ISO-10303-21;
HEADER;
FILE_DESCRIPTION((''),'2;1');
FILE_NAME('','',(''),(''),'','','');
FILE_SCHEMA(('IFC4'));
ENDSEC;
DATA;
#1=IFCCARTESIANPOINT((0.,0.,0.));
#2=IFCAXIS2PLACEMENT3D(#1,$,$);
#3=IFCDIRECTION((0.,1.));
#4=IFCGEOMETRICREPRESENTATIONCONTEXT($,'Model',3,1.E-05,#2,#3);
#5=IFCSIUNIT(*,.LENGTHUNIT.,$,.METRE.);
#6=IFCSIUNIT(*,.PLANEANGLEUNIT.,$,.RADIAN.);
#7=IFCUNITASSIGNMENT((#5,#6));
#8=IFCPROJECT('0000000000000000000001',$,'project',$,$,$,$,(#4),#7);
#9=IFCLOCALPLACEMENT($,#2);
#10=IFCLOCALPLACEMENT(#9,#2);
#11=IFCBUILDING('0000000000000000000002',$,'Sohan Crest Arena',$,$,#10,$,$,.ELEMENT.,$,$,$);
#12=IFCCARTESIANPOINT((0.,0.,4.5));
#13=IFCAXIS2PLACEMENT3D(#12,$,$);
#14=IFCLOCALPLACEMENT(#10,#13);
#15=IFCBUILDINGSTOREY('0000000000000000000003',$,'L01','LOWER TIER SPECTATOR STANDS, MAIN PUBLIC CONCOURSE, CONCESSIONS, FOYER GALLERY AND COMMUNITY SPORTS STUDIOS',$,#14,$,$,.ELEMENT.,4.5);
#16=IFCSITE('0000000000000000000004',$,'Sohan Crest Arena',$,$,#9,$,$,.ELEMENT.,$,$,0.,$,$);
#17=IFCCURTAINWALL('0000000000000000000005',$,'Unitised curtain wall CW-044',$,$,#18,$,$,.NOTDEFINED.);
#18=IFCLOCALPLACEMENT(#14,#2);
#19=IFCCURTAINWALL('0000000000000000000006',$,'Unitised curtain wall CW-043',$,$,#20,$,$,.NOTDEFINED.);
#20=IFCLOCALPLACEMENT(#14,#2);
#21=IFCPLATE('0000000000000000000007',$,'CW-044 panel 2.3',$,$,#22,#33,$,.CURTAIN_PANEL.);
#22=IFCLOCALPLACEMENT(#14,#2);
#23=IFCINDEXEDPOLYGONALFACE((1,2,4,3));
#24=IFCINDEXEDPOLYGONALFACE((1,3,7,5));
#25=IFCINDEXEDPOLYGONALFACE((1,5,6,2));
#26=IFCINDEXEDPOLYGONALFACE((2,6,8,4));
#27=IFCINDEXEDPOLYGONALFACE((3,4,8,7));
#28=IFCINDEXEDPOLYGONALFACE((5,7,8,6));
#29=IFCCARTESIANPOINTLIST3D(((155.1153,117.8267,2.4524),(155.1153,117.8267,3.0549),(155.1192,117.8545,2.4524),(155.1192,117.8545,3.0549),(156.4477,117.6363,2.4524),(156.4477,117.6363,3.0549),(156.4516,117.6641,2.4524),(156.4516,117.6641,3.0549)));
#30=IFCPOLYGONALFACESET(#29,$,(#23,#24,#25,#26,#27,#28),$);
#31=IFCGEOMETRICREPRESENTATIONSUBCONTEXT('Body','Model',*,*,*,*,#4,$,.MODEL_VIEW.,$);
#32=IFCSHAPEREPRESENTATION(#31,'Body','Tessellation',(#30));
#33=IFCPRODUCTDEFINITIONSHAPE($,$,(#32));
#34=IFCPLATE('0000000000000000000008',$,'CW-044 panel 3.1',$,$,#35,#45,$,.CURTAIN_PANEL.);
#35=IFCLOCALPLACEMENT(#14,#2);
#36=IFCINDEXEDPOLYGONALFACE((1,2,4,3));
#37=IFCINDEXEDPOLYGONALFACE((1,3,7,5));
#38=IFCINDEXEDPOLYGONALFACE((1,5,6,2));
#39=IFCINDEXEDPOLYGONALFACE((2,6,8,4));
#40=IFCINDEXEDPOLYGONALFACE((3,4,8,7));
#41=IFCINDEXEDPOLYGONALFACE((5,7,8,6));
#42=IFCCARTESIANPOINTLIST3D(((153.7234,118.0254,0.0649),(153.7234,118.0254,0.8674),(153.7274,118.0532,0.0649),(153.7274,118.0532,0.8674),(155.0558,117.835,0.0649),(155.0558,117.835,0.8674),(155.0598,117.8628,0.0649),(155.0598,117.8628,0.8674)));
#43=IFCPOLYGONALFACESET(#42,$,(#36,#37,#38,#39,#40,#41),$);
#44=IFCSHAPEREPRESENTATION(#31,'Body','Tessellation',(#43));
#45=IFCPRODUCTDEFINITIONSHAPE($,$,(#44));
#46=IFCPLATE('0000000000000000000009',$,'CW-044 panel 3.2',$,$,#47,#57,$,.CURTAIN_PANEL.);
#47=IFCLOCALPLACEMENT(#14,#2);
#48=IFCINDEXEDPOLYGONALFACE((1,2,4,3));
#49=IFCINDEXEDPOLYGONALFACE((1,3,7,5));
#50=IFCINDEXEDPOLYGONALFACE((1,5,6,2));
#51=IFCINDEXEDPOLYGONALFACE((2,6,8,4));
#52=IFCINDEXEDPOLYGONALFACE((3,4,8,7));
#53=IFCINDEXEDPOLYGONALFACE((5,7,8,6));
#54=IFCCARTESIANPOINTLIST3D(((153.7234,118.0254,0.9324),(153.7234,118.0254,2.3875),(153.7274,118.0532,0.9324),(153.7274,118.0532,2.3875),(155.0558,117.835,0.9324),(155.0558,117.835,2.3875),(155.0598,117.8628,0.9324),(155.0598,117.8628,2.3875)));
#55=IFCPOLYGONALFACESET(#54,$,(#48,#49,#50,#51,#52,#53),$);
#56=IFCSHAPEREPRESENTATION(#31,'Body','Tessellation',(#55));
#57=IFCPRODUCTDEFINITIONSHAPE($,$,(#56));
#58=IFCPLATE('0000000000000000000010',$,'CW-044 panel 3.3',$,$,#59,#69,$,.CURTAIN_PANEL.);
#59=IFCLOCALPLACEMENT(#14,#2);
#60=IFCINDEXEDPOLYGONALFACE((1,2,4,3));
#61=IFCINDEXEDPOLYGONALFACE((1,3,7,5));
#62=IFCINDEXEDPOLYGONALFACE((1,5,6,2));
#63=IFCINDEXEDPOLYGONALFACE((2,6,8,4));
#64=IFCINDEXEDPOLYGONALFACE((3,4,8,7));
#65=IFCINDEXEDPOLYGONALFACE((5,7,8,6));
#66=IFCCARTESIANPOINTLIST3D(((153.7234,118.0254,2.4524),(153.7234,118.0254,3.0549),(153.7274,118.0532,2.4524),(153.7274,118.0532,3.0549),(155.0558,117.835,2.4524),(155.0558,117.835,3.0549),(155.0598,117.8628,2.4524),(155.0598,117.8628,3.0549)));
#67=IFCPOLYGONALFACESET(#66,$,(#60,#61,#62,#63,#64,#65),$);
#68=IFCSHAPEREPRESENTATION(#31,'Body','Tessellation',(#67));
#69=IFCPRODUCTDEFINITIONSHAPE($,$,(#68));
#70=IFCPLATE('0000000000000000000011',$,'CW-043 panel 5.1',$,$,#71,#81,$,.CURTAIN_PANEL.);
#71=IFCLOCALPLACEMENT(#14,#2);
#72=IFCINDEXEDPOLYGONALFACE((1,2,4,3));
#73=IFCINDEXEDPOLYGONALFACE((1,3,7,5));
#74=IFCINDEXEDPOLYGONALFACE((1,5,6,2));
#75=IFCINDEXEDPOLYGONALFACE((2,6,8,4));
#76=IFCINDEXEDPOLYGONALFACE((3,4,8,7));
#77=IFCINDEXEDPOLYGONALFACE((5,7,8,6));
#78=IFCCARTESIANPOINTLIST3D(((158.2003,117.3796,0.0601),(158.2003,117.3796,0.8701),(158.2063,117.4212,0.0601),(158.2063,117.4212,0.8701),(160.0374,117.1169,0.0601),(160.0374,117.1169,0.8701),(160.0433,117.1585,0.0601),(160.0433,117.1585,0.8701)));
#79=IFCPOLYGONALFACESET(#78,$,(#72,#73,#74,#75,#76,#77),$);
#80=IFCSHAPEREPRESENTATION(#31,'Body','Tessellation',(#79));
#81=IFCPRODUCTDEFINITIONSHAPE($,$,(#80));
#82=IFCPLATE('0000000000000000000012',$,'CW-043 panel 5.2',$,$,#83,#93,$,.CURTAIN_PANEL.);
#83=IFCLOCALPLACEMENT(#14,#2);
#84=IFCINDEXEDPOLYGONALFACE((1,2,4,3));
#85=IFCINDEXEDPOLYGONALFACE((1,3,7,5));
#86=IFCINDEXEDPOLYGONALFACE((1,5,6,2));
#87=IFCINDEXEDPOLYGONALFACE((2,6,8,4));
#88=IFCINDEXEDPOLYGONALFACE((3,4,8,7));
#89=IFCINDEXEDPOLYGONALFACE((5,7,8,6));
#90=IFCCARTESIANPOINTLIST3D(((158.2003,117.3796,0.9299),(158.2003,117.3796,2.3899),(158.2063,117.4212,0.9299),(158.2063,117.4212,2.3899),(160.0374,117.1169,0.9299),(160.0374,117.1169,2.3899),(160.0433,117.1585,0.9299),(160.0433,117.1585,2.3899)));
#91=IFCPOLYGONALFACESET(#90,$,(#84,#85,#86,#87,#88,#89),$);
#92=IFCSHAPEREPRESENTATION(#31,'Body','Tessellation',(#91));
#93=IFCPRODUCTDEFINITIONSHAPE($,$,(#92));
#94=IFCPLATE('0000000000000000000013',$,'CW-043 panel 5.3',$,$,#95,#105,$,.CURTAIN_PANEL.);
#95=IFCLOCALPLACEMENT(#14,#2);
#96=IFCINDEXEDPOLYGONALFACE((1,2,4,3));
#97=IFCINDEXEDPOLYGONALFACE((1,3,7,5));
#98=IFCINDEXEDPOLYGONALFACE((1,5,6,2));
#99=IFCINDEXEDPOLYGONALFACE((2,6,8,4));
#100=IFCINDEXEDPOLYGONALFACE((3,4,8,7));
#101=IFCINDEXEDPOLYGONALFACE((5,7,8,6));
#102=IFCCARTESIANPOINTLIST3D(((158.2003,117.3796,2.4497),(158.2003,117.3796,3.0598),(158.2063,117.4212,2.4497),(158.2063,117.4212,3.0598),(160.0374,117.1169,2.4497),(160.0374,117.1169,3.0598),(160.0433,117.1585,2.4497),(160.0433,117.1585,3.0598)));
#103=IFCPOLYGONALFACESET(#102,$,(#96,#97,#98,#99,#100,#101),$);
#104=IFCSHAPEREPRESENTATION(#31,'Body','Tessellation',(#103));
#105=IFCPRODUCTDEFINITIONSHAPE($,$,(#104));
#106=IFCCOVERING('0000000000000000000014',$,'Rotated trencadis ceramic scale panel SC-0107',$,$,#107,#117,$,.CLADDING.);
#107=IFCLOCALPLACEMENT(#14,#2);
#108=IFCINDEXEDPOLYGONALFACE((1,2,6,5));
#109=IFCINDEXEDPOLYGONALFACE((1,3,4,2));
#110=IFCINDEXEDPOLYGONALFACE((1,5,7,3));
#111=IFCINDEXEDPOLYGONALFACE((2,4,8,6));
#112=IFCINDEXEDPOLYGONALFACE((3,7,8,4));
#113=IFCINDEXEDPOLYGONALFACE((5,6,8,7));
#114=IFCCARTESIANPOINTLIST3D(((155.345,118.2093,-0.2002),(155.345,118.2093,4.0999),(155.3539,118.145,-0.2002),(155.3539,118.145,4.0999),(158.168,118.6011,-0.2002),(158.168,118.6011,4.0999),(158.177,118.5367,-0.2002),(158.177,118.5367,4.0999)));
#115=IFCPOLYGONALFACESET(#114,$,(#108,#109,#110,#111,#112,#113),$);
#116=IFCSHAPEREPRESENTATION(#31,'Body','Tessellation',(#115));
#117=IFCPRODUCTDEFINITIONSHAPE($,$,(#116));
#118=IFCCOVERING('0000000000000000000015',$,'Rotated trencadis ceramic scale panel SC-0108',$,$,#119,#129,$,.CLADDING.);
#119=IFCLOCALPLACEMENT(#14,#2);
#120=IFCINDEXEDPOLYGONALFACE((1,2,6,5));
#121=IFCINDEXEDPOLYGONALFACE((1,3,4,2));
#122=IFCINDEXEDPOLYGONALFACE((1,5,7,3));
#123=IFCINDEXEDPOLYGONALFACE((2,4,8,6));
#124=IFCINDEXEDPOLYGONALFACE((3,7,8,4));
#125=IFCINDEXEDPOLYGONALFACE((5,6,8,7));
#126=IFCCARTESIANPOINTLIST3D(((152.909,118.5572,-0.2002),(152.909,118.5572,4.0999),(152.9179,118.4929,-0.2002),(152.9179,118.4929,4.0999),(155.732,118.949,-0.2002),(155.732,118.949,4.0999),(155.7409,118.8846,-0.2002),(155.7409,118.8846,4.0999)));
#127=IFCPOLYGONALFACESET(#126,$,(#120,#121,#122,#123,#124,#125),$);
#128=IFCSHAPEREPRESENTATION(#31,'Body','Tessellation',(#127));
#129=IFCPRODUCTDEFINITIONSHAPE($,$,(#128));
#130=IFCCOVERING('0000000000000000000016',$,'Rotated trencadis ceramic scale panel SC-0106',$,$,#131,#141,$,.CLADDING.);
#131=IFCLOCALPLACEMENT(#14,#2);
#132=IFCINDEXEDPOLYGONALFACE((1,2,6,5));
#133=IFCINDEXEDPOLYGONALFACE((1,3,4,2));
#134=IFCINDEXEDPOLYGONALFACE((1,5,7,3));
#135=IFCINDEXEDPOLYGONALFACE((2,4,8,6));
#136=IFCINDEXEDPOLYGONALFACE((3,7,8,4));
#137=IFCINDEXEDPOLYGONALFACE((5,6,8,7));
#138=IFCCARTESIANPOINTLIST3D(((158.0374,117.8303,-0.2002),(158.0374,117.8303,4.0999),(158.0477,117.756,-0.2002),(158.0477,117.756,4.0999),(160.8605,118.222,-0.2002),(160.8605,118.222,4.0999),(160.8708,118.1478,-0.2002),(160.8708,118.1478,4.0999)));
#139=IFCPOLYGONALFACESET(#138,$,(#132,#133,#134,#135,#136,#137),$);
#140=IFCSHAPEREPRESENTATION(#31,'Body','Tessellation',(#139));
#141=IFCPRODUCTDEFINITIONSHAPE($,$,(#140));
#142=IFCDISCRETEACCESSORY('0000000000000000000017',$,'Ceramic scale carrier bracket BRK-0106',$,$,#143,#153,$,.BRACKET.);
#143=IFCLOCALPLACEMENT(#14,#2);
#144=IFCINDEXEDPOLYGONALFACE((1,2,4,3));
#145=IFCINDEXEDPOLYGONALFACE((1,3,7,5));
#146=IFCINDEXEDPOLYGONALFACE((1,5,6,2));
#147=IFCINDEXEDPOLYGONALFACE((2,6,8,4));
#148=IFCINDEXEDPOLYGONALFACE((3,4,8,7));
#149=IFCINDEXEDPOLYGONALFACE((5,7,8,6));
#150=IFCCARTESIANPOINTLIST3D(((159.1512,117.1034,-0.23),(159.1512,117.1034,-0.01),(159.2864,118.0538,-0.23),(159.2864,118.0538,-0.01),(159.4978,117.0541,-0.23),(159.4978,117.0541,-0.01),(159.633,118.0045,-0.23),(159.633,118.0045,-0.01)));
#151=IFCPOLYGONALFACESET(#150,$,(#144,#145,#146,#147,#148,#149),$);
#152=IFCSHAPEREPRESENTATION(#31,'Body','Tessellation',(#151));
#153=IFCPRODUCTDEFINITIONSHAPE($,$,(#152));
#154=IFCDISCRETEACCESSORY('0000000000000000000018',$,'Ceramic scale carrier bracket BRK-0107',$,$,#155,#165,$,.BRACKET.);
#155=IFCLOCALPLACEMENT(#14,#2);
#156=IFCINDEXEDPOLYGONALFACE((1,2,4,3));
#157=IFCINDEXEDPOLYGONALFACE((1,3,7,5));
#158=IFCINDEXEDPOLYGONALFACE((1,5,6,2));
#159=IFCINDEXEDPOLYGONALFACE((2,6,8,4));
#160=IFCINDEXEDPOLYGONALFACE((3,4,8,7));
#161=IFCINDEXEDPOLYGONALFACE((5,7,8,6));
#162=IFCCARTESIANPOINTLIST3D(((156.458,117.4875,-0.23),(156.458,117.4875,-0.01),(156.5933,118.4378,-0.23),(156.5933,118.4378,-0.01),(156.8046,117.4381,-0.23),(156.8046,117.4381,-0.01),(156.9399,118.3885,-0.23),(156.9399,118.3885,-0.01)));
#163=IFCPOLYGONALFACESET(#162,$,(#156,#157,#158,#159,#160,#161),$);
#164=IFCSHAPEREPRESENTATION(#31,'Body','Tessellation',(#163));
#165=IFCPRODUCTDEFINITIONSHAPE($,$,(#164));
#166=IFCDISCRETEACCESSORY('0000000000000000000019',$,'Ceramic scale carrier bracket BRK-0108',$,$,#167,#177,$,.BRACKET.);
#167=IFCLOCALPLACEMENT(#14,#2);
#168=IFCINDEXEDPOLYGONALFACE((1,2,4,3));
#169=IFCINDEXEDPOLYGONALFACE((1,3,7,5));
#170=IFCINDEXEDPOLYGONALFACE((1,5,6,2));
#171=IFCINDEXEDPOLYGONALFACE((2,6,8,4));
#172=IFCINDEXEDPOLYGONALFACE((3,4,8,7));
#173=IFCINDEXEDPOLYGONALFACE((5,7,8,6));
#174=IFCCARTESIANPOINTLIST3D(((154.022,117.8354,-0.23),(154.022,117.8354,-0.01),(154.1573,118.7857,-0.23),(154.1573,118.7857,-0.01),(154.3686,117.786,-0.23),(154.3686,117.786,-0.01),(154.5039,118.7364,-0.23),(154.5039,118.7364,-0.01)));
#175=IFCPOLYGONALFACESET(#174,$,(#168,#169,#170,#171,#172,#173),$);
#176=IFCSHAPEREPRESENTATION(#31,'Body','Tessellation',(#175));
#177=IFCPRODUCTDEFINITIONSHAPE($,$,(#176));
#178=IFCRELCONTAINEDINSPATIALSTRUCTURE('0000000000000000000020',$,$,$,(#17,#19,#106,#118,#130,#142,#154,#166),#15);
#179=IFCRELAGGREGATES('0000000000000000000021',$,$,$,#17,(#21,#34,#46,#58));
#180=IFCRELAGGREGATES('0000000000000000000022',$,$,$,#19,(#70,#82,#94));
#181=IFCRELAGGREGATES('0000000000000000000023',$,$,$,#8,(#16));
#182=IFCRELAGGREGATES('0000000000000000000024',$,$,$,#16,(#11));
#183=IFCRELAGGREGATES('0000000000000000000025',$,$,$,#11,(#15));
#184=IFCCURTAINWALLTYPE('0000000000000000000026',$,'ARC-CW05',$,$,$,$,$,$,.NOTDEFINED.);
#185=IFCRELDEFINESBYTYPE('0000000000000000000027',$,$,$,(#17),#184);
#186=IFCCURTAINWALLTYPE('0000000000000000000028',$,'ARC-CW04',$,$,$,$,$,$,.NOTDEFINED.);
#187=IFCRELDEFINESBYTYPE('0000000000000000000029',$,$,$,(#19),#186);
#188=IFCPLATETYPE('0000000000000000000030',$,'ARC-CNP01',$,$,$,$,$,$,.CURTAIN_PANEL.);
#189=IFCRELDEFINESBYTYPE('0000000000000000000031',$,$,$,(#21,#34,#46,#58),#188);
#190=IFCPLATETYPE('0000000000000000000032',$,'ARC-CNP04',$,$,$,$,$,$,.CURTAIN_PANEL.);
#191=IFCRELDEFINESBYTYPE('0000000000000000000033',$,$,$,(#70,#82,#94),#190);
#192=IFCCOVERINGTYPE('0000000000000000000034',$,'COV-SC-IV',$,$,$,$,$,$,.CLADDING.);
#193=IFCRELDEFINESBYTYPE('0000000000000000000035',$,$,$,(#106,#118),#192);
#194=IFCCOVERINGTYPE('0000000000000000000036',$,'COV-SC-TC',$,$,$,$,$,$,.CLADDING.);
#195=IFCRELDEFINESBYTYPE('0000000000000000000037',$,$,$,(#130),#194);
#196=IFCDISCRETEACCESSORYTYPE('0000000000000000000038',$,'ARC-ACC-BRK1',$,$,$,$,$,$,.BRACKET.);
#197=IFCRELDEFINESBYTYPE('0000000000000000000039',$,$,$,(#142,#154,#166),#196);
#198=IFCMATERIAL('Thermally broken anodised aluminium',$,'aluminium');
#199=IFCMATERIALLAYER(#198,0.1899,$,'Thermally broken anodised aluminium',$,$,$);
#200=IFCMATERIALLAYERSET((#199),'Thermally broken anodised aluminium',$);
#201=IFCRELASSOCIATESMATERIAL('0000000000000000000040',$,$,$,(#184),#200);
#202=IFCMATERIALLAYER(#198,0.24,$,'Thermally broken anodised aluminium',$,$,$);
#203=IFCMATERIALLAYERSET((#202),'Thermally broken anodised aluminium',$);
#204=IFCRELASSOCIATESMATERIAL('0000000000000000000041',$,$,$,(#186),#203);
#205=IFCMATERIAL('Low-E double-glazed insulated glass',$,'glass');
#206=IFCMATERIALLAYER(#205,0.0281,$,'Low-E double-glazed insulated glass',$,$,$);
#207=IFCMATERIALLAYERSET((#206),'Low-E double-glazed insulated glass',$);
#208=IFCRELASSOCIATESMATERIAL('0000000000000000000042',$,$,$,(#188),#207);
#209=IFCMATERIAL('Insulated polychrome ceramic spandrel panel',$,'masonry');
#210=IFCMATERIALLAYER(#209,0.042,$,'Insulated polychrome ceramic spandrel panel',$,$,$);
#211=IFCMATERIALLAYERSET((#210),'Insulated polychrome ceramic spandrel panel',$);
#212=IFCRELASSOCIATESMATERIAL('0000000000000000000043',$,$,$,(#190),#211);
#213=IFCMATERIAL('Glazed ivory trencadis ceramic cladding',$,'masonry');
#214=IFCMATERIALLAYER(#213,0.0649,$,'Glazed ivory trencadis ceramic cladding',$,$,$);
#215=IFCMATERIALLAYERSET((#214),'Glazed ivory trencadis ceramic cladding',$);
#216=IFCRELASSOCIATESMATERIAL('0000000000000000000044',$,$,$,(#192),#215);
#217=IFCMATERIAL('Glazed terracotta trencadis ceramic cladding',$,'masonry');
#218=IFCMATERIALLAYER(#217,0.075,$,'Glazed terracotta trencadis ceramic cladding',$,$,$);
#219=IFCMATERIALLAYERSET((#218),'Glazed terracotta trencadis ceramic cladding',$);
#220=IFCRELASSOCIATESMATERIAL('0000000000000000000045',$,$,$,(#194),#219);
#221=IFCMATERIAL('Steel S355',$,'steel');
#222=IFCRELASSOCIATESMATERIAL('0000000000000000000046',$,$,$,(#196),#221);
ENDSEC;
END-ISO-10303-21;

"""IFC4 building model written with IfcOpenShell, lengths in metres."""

from ifc_helpers import new_model, si_unit, direction, frame, origin, origin_2d, place, context, subcontext, project, spatial, rectangle, extrude, material, layer, layer_set, type_object, element, aggregate, save


model = new_model("IFC4")

# Units and contexts
model_context = context("Model", 3, precision=1e-05, world=origin(), true_north=direction((0.0, 1.0)))
body_context = subcontext(model_context, "Body", "Model", "MODEL_VIEW")
ifc_project = project(units=[si_unit("LENGTHUNIT", "METRE"), si_unit("PLANEANGLEUNIT", "RADIAN")], contexts=[model_context])

# Site, building, storey
site_placement = place(None, origin())
site = spatial("IfcSite", under=ifc_project, at=site_placement, Name="Sohan Crest Arena", CompositionType="ELEMENT", RefElevation=0.0)
building_placement = place(site_placement, origin())
building = spatial("IfcBuilding", under=site, at=building_placement, Name="Sohan Crest Arena", CompositionType="ELEMENT")
storey_placement = place(building_placement, frame((0.0, 0.0, 4.5)))
storey = spatial("IfcBuildingStorey", under=building, at=storey_placement, Name="L01", Description="LOWER TIER SPECTATOR STANDS, MAIN PUBLIC CONCOURSE, CONCESSIONS, FOYER GALLERY AND COMMUNITY SPORTS STUDIOS", CompositionType="ELEMENT", Elevation=4.5)

# Shared definitions
ifc_material_1 = material(Name="Steel S355", Category="steel")

# Curtain walls
ifc_material_2 = material(Name="Thermally broken anodised aluminium", Category="aluminium")
ifc_layer_1 = layer(ifc_material_2, 0.1899, Name="Thermally broken anodised aluminium")
ifc_layer_set_1 = layer_set([ifc_layer_1], Name="Thermally broken anodised aluminium")
curtain_wall_type_1 = type_object("IfcCurtainWallType", Name="ARC-CW05", PredefinedType="NOTDEFINED", material=ifc_layer_set_1)
curtain_wall_1_placement = place(storey_placement, origin())
curtain_wall_1 = element("IfcCurtainWall", 1, at=curtain_wall_1_placement, inside=storey, type_object=curtain_wall_type_1, Name="Unitised curtain wall CW-044", PredefinedType="NOTDEFINED")
ifc_layer_2 = layer(ifc_material_2, 0.24, Name="Thermally broken anodised aluminium")
ifc_layer_set_2 = layer_set([ifc_layer_2], Name="Thermally broken anodised aluminium")
curtain_wall_type_2 = type_object("IfcCurtainWallType", Name="ARC-CW04", PredefinedType="NOTDEFINED", material=ifc_layer_set_2)
curtain_wall_2_placement = place(storey_placement, origin())
curtain_wall_2 = element("IfcCurtainWall", 2, at=curtain_wall_2_placement, inside=storey, type_object=curtain_wall_type_2, Name="Unitised curtain wall CW-043", PredefinedType="NOTDEFINED")

# Plates
ifc_material_3 = material(Name="Low-E double-glazed insulated glass", Category="glass")
ifc_layer_3 = layer(ifc_material_3, 0.0281, Name="Low-E double-glazed insulated glass")
ifc_layer_set_3 = layer_set([ifc_layer_3], Name="Low-E double-glazed insulated glass")
plate_type_1 = type_object("IfcPlateType", Name="ARC-CNP01", PredefinedType="CURTAIN_PANEL", material=ifc_layer_set_3)
plate_1_placement = place(storey_placement, frame((155.7834, 117.7454, 2.4524), z_axis=(0.0, 0.0, 1.0), x_axis=(-0.989945, 0.14145, 0.0)))
plate_1 = element("IfcPlate", 3, at=plate_1_placement, type_object=plate_type_1, Name="CW-044 panel 2.3", PredefinedType="CURTAIN_PANEL", context=body_context, shape_type="SweptSolid", body=[
    extrude(rectangle(XDim=1.3459, YDim=0.0281, at=origin_2d()), origin(), (0.0, 0.0, 1.0), 0.6025),
])
plate_2_placement = place(storey_placement, frame((154.3916, 117.9441, 0.0649), z_axis=(0.0, 0.0, 1.0), x_axis=(-0.989945, 0.14145, 0.0)))
plate_2 = element("IfcPlate", 4, at=plate_2_placement, type_object=plate_type_1, Name="CW-044 panel 3.1", PredefinedType="CURTAIN_PANEL", context=body_context, shape_type="SweptSolid", body=[
    extrude(rectangle(XDim=1.3459, YDim=0.0281, at=origin_2d()), origin(), (0.0, 0.0, 1.0), 0.8025),
])
plate_3_placement = place(storey_placement, frame((154.3916, 117.9441, 0.9324), z_axis=(0.0, 0.0, 1.0), x_axis=(-0.989945, 0.14145, 0.0)))
plate_3 = element("IfcPlate", 5, at=plate_3_placement, type_object=plate_type_1, Name="CW-044 panel 3.2", PredefinedType="CURTAIN_PANEL", context=body_context, shape_type="SweptSolid", body=[
    extrude(rectangle(XDim=1.3459, YDim=0.0281, at=origin_2d()), origin(), (0.0, 0.0, 1.0), 1.4551),
])
plate_4_placement = place(storey_placement, frame((154.3916, 117.9441, 2.4524), z_axis=(0.0, 0.0, 1.0), x_axis=(-0.989945, 0.14145, 0.0)))
plate_4 = element("IfcPlate", 6, at=plate_4_placement, type_object=plate_type_1, Name="CW-044 panel 3.3", PredefinedType="CURTAIN_PANEL", context=body_context, shape_type="SweptSolid", body=[
    extrude(rectangle(XDim=1.3459, YDim=0.0281, at=origin_2d()), origin(), (0.0, 0.0, 1.0), 0.6025),
])
aggregate(curtain_wall_1, [plate_1, plate_2, plate_3, plate_4])
ifc_material_4 = material(Name="Insulated polychrome ceramic spandrel panel", Category="masonry")
ifc_layer_4 = layer(ifc_material_4, 0.042, Name="Insulated polychrome ceramic spandrel panel")
ifc_layer_set_4 = layer_set([ifc_layer_4], Name="Insulated polychrome ceramic spandrel panel")
plate_type_2 = type_object("IfcPlateType", Name="ARC-CNP04", PredefinedType="CURTAIN_PANEL", material=ifc_layer_set_4)
plate_5_placement = place(storey_placement, frame((159.1218, 117.269, 0.0601), z_axis=(0.0, 0.0, 1.0), x_axis=(-0.989931, 0.141549, 0.0)))
plate_5 = element("IfcPlate", 7, at=plate_5_placement, type_object=plate_type_2, Name="CW-043 panel 5.1", PredefinedType="CURTAIN_PANEL", context=body_context, shape_type="SweptSolid", body=[
    extrude(rectangle(XDim=1.8557, YDim=0.042, at=origin_2d()), origin(), (0.0, 0.0, 1.0), 0.8101),
])
plate_6_placement = place(storey_placement, frame((159.1218, 117.269, 0.9299), z_axis=(0.0, 0.0, 1.0), x_axis=(-0.989931, 0.141549, 0.0)))
plate_6 = element("IfcPlate", 8, at=plate_6_placement, type_object=plate_type_2, Name="CW-043 panel 5.2", PredefinedType="CURTAIN_PANEL", context=body_context, shape_type="SweptSolid", body=[
    extrude(rectangle(XDim=1.8557, YDim=0.042, at=origin_2d()), origin(), (0.0, 0.0, 1.0), 1.46),
])
plate_7_placement = place(storey_placement, frame((159.1218, 117.269, 2.4497), z_axis=(0.0, 0.0, 1.0), x_axis=(-0.989931, 0.141549, 0.0)))
plate_7 = element("IfcPlate", 9, at=plate_7_placement, type_object=plate_type_2, Name="CW-043 panel 5.3", PredefinedType="CURTAIN_PANEL", context=body_context, shape_type="SweptSolid", body=[
    extrude(rectangle(XDim=1.8557, YDim=0.042, at=origin_2d()), origin(), (0.0, 0.0, 1.0), 0.6101),
])
aggregate(curtain_wall_2, [plate_5, plate_6, plate_7])

# Coverings
ifc_material_5 = material(Name="Glazed ivory trencadis ceramic cladding", Category="masonry")
ifc_layer_5 = layer(ifc_material_5, 0.0649, Name="Glazed ivory trencadis ceramic cladding")
ifc_layer_set_5 = layer_set([ifc_layer_5], Name="Glazed ivory trencadis ceramic cladding")
covering_type_1 = type_object("IfcCoveringType", Name="COV-SC-IV", PredefinedType="CLADDING", material=ifc_layer_set_5)
for number, where, z_axis, x_axis, name in (
    (10, (156.761, 118.373, -0.2002), (0.0, 0.0, 1.0), (-0.990509, -0.137445, 0.0), "Rotated trencadis ceramic scale panel SC-0107"),
    (11, (154.325, 118.7209, -0.2002), (0.0, 0.0, 1.0), (-0.990509, -0.137445, 0.0), "Rotated trencadis ceramic scale panel SC-0108"),
):
    element("IfcCovering", number, at=place(storey_placement, frame(where, z_axis=z_axis, x_axis=x_axis)), inside=storey, type_object=covering_type_1, Name=name, PredefinedType="CLADDING", context=body_context, shape_type="SweptSolid", body=[
        extrude(rectangle(XDim=2.8501, YDim=0.0649, at=origin_2d()), origin(), (0.0, 0.0, 1.0), 4.3),
    ])
ifc_material_6 = material(Name="Glazed terracotta trencadis ceramic cladding", Category="masonry")
ifc_layer_6 = layer(ifc_material_6, 0.075, Name="Glazed terracotta trencadis ceramic cladding")
ifc_layer_set_6 = layer_set([ifc_layer_6], Name="Glazed terracotta trencadis ceramic cladding")
covering_type_2 = type_object("IfcCoveringType", Name="COV-SC-TC", PredefinedType="CLADDING", material=ifc_layer_set_6)
covering_placement = place(storey_placement, frame((159.4541, 117.989, -0.2002), z_axis=(0.0, 0.0, 1.0), x_axis=(-0.990509, -0.137445, 0.0)))
element("IfcCovering", 12, at=covering_placement, inside=storey, type_object=covering_type_2, Name="Rotated trencadis ceramic scale panel SC-0106", PredefinedType="CLADDING", context=body_context, shape_type="SweptSolid", body=[
    extrude(rectangle(XDim=2.8501, YDim=0.075, at=origin_2d()), origin(), (0.0, 0.0, 1.0), 4.3),
])

# Discrete accessories
discrete_accessory_type = type_object("IfcDiscreteAccessoryType", Name="ARC-ACC-BRK1", PredefinedType="BRACKET", material=ifc_material_1)
for number, where, z_axis, x_axis, name in (
    (13, (159.3921, 117.554, -0.23), (0.0, 0.0, 1.0), (-0.990024, 0.140901, 0.0), "Ceramic scale carrier bracket BRK-0106"),
    (14, (156.699, 117.938, -0.23), (0.0, 0.0, 1.0), (-0.990024, 0.140901, 0.0), "Ceramic scale carrier bracket BRK-0107"),
    (15, (154.2629, 118.2859, -0.23), (0.0, 0.0, 1.0), (-0.990024, 0.140901, 0.0), "Ceramic scale carrier bracket BRK-0108"),
):
    element("IfcDiscreteAccessory", number, at=place(storey_placement, frame(where, z_axis=z_axis, x_axis=x_axis)), inside=storey, type_object=discrete_accessory_type, Name=name, PredefinedType="BRACKET", context=body_context, shape_type="SweptSolid", body=[
        extrude(rectangle(XDim=0.3501, YDim=0.96, at=origin_2d()), origin(), (0.0, 0.0, 1.0), 0.22),
    ])

save(model, "model.ifc")
